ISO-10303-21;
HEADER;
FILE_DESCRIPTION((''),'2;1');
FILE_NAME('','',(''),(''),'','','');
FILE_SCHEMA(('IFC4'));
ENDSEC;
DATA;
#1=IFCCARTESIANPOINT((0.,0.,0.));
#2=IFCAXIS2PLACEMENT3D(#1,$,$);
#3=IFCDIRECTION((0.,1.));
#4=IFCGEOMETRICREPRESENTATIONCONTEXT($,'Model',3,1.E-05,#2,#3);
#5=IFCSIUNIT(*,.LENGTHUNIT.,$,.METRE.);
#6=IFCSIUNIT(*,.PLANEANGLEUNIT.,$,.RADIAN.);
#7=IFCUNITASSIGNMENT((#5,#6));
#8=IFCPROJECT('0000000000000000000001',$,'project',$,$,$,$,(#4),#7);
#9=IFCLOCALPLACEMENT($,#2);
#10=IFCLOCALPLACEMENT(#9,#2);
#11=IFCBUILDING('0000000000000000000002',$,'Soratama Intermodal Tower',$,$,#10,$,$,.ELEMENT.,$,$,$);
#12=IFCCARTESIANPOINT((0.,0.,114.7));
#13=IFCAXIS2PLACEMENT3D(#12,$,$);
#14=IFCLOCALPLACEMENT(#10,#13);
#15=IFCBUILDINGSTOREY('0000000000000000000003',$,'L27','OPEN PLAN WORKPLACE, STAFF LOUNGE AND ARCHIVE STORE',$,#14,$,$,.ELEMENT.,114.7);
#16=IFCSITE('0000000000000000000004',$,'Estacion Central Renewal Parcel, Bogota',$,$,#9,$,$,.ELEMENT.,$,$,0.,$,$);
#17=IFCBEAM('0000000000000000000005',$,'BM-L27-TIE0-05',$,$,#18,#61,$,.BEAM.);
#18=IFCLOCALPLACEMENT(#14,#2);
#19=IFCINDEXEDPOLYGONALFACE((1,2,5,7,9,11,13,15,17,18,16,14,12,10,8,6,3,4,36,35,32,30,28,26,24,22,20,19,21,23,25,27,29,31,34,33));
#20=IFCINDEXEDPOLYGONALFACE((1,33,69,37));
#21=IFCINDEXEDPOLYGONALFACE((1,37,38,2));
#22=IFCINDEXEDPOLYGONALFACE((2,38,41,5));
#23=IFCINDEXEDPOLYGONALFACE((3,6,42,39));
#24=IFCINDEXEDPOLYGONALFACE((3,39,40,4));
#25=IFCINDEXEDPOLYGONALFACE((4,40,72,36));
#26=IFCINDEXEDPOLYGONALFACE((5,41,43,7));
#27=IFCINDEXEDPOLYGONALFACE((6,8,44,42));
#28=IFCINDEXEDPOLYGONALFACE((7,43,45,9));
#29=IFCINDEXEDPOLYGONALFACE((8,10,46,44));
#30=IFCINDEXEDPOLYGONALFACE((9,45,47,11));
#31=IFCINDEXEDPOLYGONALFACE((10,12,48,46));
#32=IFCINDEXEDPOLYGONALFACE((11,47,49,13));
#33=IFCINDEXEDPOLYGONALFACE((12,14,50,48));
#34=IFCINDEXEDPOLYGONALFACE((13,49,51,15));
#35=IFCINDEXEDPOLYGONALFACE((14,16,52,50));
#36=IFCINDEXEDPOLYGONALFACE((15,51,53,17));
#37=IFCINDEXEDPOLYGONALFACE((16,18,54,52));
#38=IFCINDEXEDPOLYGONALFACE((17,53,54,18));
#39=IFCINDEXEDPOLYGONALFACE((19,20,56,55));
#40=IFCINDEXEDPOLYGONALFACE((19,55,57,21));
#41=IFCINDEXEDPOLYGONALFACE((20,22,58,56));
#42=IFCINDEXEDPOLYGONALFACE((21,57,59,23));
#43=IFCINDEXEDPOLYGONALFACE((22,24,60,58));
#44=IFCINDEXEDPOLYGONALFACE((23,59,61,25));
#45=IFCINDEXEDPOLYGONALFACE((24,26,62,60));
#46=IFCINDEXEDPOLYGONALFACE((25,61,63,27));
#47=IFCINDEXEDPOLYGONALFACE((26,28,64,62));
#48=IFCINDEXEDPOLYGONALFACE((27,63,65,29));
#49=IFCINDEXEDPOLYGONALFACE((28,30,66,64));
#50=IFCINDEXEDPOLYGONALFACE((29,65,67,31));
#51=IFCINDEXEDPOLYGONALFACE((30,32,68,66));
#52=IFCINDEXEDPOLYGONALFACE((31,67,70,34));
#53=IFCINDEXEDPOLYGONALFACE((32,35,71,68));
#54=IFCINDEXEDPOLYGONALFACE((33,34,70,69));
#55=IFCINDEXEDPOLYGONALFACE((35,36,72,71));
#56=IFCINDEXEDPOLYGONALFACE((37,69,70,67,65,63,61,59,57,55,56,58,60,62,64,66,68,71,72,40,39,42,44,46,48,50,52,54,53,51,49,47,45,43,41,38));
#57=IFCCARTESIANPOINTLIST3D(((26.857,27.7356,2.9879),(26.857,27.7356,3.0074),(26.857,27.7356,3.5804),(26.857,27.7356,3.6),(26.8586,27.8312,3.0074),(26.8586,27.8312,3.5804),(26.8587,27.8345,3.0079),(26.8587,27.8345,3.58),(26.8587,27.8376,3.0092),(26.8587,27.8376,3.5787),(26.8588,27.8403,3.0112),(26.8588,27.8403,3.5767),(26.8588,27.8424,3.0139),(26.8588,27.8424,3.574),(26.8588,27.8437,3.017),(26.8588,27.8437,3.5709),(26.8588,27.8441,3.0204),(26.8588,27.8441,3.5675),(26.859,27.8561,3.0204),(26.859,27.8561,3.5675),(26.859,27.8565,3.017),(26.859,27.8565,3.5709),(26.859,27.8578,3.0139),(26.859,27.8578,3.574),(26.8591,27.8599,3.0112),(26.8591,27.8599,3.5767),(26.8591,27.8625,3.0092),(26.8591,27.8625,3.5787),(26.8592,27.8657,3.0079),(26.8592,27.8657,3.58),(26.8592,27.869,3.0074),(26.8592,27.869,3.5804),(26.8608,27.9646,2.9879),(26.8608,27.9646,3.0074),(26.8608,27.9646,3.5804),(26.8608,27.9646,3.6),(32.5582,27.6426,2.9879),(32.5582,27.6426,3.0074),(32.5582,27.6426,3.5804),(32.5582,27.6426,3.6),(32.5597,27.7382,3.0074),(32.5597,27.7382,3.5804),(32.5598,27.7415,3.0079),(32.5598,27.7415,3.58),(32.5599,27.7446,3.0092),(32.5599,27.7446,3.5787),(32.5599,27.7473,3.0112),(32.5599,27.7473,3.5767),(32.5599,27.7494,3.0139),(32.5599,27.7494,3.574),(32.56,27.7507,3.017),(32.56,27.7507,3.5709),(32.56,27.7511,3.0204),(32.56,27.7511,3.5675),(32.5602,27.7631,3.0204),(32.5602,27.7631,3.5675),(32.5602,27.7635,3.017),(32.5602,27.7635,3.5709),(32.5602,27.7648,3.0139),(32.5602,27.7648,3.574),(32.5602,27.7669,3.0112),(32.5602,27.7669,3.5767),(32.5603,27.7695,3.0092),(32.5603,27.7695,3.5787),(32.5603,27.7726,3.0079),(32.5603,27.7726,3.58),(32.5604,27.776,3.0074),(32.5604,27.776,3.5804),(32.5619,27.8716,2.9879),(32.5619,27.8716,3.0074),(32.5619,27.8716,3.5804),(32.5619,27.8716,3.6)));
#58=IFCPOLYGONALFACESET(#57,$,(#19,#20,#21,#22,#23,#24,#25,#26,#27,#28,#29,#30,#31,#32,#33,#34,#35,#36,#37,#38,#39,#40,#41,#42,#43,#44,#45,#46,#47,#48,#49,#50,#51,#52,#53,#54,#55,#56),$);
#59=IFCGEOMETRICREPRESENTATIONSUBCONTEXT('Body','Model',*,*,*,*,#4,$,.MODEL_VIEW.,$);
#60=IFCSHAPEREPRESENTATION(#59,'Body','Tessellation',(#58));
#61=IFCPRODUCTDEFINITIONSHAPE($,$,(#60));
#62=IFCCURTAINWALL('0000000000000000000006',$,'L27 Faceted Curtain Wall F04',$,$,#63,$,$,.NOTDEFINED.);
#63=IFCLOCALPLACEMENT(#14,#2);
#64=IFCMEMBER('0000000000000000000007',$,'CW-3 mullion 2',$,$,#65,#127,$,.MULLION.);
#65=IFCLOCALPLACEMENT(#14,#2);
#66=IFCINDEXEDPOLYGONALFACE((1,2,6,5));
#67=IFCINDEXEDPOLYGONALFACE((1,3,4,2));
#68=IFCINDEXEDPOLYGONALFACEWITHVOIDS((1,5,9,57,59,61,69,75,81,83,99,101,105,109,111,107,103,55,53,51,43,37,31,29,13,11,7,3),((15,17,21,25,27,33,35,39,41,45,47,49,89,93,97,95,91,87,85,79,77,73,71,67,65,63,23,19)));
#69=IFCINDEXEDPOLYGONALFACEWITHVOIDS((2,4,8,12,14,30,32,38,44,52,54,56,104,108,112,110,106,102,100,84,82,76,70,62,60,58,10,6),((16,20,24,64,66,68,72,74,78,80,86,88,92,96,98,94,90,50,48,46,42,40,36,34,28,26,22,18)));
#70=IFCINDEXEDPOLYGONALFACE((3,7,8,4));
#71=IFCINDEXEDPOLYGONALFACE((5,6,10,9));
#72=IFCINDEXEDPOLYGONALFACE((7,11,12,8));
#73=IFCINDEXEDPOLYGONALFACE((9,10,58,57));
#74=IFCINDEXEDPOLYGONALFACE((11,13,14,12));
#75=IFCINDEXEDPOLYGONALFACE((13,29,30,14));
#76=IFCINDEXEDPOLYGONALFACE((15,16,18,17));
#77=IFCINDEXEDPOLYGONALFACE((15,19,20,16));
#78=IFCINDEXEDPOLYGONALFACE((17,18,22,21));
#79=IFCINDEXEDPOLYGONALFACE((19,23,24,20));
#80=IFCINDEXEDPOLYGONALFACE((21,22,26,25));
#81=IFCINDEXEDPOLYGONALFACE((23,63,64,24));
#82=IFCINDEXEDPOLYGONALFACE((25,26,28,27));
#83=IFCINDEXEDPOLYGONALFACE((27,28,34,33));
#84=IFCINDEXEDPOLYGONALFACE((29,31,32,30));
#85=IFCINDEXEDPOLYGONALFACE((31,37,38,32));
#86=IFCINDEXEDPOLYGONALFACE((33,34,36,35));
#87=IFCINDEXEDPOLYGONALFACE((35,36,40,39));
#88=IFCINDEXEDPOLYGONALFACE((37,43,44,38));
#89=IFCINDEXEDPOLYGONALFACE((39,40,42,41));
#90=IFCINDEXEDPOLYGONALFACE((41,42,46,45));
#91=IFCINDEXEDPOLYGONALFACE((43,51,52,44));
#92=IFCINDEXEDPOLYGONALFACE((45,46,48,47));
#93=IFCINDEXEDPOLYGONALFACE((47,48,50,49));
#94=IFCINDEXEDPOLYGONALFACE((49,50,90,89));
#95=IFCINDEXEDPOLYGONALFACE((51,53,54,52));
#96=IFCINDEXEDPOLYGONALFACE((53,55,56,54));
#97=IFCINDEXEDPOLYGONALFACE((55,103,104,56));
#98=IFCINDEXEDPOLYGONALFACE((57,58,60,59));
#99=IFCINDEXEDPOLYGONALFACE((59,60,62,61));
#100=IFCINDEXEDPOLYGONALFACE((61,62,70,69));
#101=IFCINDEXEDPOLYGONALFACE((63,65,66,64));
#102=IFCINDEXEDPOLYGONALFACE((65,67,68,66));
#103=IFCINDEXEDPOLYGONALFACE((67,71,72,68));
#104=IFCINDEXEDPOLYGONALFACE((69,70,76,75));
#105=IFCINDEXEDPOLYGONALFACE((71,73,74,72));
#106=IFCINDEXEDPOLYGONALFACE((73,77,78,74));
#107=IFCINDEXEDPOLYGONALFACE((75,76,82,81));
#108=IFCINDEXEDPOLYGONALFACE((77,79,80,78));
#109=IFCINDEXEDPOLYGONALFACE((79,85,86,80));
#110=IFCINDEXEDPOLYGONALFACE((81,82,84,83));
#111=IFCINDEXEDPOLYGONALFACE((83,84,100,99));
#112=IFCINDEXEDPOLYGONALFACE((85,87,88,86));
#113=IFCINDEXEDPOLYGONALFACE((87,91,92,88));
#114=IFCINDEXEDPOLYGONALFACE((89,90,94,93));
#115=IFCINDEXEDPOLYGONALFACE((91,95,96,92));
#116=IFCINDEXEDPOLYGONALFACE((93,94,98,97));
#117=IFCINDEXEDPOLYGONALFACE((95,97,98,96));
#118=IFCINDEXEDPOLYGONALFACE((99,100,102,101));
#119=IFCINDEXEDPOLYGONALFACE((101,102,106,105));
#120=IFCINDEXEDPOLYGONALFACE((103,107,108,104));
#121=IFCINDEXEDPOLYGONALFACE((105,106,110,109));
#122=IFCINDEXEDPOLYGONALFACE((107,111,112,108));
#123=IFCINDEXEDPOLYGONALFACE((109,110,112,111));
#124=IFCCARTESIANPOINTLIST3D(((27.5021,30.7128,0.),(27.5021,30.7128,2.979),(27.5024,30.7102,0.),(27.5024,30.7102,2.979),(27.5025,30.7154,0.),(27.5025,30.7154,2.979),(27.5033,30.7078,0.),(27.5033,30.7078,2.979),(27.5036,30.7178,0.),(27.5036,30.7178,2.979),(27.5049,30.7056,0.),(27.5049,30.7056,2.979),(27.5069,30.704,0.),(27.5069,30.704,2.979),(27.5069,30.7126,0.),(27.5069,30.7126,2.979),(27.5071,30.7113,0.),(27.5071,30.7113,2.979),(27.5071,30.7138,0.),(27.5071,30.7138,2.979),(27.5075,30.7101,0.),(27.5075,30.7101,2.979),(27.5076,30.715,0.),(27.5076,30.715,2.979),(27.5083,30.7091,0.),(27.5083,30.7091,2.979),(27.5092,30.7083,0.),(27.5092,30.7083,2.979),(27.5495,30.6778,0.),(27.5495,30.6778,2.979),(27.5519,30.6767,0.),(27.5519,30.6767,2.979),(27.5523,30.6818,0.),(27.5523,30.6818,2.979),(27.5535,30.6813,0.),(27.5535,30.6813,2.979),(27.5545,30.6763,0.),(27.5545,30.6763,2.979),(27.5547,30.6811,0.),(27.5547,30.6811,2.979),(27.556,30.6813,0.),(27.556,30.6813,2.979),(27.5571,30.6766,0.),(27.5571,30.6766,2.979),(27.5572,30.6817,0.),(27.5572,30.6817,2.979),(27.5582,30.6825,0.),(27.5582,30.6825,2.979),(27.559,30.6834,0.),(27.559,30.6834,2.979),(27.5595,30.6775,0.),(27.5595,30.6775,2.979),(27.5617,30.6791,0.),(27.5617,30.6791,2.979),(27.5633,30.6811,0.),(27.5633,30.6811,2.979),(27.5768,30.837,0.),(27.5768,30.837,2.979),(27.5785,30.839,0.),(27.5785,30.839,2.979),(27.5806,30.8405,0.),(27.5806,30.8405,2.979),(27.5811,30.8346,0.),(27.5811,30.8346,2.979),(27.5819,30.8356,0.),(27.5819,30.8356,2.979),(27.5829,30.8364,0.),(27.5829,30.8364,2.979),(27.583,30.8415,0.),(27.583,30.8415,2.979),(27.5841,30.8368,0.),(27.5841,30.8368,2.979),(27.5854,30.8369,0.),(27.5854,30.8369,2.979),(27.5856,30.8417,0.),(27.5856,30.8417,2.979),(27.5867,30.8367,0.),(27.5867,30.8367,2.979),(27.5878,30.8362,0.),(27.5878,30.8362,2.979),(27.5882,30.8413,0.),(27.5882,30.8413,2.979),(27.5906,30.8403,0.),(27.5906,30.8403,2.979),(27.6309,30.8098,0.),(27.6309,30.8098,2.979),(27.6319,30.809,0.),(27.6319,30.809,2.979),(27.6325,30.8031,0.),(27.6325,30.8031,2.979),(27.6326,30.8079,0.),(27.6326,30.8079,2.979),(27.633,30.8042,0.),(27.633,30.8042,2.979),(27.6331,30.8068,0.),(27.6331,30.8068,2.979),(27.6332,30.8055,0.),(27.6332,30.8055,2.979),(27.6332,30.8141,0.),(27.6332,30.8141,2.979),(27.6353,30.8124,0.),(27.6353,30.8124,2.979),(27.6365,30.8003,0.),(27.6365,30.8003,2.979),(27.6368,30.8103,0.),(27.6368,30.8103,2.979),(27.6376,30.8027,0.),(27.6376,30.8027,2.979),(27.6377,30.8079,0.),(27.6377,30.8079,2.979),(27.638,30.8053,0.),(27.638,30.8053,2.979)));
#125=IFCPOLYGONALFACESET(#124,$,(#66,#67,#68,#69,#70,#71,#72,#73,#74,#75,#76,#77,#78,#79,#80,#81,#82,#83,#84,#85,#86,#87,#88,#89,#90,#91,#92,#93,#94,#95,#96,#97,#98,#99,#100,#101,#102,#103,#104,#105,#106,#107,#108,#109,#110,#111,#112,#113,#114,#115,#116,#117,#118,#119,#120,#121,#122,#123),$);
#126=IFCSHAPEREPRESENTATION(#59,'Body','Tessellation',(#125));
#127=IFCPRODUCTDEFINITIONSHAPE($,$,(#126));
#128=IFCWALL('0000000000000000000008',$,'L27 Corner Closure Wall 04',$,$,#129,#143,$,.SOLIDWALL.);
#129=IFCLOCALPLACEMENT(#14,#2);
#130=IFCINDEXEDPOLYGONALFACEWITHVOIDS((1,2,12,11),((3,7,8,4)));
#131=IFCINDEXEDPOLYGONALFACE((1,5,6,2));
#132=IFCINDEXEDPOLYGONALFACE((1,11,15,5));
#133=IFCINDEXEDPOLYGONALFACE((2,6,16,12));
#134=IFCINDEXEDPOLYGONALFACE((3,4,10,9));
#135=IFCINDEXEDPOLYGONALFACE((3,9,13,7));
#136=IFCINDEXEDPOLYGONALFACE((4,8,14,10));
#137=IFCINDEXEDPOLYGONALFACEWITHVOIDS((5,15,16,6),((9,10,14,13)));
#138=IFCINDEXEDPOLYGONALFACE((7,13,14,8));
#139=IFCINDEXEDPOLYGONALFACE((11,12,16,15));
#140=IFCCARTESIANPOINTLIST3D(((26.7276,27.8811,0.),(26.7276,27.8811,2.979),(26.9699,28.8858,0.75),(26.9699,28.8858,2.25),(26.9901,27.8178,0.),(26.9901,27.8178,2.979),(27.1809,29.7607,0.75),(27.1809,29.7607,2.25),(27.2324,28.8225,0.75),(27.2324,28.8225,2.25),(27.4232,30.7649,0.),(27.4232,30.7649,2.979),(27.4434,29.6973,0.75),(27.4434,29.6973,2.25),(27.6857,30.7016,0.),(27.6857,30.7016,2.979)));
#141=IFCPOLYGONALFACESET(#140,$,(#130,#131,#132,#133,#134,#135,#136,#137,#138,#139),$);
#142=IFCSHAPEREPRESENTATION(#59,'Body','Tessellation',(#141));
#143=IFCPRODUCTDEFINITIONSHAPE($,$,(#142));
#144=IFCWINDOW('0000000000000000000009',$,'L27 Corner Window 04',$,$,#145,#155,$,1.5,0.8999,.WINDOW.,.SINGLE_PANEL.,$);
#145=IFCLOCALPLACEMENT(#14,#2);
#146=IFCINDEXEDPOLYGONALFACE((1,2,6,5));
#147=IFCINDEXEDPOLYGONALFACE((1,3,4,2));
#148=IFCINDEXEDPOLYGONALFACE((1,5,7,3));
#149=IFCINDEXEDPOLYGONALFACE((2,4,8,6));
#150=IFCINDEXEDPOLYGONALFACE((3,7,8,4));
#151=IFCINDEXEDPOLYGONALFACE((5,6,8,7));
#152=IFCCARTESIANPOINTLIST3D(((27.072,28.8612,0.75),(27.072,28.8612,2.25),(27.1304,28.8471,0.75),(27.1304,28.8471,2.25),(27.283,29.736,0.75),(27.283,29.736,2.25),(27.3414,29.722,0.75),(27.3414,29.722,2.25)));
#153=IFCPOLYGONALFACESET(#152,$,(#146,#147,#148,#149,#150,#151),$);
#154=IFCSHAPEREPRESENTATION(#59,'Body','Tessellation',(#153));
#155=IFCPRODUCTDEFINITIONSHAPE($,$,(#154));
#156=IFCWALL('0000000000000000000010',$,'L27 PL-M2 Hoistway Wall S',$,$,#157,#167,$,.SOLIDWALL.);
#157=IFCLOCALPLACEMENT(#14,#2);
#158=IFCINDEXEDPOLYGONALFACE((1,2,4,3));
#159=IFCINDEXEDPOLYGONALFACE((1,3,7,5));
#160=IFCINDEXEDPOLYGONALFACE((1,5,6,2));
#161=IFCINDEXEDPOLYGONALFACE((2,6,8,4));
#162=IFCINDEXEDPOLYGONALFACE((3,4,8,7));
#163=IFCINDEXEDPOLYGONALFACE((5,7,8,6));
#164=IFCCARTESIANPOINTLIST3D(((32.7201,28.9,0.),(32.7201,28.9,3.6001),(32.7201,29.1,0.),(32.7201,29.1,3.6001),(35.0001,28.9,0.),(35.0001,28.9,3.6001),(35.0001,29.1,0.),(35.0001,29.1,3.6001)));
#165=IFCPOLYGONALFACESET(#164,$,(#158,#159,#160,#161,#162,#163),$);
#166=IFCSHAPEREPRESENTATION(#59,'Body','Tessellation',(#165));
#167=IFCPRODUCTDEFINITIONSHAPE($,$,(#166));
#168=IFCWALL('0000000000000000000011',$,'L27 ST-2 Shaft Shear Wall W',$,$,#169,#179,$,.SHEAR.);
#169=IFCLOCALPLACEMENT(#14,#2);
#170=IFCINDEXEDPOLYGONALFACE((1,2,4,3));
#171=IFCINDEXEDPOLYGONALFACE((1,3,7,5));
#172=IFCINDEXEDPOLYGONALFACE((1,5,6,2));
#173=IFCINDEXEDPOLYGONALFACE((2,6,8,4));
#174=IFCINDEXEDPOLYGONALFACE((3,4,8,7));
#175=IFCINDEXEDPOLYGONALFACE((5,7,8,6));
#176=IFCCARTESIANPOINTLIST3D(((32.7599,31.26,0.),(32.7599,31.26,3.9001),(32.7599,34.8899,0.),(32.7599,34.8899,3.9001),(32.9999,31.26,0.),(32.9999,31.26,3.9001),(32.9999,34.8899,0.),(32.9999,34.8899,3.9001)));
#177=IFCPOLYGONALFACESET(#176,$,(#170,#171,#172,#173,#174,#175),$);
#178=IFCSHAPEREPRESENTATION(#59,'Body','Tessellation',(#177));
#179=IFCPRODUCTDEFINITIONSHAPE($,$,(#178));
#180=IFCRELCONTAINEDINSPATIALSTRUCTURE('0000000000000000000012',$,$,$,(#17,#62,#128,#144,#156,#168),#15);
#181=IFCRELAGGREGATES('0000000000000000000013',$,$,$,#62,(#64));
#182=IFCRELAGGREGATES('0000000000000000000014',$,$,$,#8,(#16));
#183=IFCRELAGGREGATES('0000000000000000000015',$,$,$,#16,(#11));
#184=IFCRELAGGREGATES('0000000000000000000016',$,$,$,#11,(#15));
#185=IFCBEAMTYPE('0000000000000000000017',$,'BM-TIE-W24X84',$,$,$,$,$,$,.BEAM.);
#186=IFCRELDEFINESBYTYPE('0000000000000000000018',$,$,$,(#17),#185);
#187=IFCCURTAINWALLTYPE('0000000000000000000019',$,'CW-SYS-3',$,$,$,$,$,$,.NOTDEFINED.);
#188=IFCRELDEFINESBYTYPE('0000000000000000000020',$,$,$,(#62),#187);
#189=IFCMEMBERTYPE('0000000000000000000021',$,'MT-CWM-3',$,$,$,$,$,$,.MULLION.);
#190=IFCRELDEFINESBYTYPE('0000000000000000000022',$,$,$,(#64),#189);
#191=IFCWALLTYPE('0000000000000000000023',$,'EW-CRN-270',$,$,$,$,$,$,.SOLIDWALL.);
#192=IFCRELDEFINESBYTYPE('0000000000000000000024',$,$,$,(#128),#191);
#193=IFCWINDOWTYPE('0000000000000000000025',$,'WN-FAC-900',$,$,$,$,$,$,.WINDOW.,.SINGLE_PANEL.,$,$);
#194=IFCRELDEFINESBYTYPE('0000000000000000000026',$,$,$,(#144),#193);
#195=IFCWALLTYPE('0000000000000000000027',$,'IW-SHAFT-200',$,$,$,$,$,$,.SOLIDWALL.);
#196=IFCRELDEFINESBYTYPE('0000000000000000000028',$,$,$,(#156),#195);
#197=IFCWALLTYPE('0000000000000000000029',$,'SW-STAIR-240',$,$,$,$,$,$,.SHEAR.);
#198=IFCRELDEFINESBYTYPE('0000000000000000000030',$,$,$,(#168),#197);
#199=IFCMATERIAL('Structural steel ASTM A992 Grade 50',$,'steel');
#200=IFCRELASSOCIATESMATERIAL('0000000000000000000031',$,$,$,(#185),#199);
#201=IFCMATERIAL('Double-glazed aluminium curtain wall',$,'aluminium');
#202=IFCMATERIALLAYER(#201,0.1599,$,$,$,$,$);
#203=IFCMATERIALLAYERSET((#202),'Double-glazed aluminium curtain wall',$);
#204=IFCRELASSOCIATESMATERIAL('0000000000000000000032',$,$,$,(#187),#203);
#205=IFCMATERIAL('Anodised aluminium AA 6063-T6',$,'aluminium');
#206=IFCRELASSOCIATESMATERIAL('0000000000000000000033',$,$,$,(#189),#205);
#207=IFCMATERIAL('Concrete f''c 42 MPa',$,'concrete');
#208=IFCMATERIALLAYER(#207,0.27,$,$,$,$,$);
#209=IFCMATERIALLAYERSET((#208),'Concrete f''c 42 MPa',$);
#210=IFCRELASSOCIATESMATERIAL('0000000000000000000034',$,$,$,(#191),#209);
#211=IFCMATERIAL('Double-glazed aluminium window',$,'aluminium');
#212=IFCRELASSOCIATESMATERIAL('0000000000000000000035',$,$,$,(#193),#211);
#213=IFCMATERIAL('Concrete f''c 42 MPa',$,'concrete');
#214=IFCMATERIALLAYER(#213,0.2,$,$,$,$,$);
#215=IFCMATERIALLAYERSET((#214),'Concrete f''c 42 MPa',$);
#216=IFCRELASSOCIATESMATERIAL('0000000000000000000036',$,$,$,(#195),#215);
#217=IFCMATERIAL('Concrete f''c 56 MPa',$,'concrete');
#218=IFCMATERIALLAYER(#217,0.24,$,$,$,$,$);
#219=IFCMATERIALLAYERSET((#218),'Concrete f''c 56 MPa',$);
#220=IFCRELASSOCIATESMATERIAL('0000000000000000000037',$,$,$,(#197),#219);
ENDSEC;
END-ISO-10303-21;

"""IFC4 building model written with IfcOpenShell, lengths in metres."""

from ifc_helpers import new_model, si_unit, direction, frame, frame_2d, origin, origin_2d, place, context, subcontext, project, spatial, rectangle, hollow_rectangle, i_section, extrude, material, layer, layer_set, material_profile, profile_set, type_object, element, fill, aggregate, save


model = new_model("IFC4")

# Units and contexts
model_context = context("Model", 3, precision=1e-05, world=origin(), true_north=direction((0.0, 1.0)))
body_context = subcontext(model_context, "Body", "Model", "MODEL_VIEW")
ifc_project = project(units=[si_unit("LENGTHUNIT", "METRE"), si_unit("PLANEANGLEUNIT", "RADIAN")], contexts=[model_context])

# Site, building, storey
site_placement = place(None, origin())
site = spatial("IfcSite", under=ifc_project, at=site_placement, Name="Estacion Central Renewal Parcel, Bogota", CompositionType="ELEMENT", RefElevation=0.0)
building_placement = place(site_placement, origin())
building = spatial("IfcBuilding", under=site, at=building_placement, Name="Soratama Intermodal Tower", CompositionType="ELEMENT")
storey_placement = place(building_placement, frame((0.0, 0.0, 114.7)))
storey = spatial("IfcBuildingStorey", under=building, at=storey_placement, Name="L27", Description="OPEN PLAN WORKPLACE, STAFF LOUNGE AND ARCHIVE STORE", CompositionType="ELEMENT", Elevation=114.7)

# Beam
ifc_material_1 = material(Name="Structural steel ASTM A992 Grade 50", Category="steel")
ifc_material_profile_1 = material_profile(ifc_material_1, i_section(OverallWidth=0.229, OverallDepth=0.6121, WebThickness=0.012, FlangeThickness=0.0195, FilletRadius=0.0129, at=origin_2d()), Name="W24X84")
ifc_profile_set_1 = profile_set([ifc_material_profile_1], Name="Structural steel ASTM A992 Grade 50")
beam_type_1 = type_object("IfcBeamType", Name="BM-TIE-W24X84", PredefinedType="BEAM", material=ifc_profile_set_1)
beam_1_placement = place(storey_placement, frame((32.5601, 27.7571, 3.2939), z_axis=(-0.999867, 0.016313, 0.0), x_axis=(-0.016313, -0.999867, 0.0)))
element("IfcBeam", 1, at=beam_1_placement, inside=storey, type_object=beam_type_1, Name="BM-L27-TIE0-05", PredefinedType="BEAM", context=body_context, shape_type="SweptSolid", body=[
    extrude(i_section(OverallWidth=0.229, OverallDepth=0.6121, WebThickness=0.012, FlangeThickness=0.0195, FilletRadius=0.0129, at=origin_2d()), origin(), (0.0, 0.0, 1.0), 5.7019),
])

# Curtain wall, member
ifc_material_2 = material(Name="Double-glazed aluminium curtain wall", Category="aluminium")
ifc_layer_1 = layer(ifc_material_2, 0.1599)
ifc_layer_set_1 = layer_set([ifc_layer_1], Name="Double-glazed aluminium curtain wall")
curtain_wall_type = type_object("IfcCurtainWallType", Name="CW-SYS-3", PredefinedType="NOTDEFINED", material=ifc_layer_set_1)
curtain_wall_placement = place(storey_placement, origin())
curtain_wall = element("IfcCurtainWall", 2, at=curtain_wall_placement, inside=storey, type_object=curtain_wall_type, Name="L27 Faceted Curtain Wall F04", PredefinedType="NOTDEFINED")
ifc_material_3 = material(Name="Anodised aluminium AA 6063-T6", Category="aluminium")
ifc_material_profile_2 = material_profile(ifc_material_3, hollow_rectangle(XDim=0.0701, YDim=0.1599, WallThickness=0.0049, InnerFilletRadius=0.0049, OuterFilletRadius=0.01, at=origin_2d()), Name="CWM160X70X5")
ifc_profile_set_2 = profile_set([ifc_material_profile_2], Name="Anodised aluminium AA 6063-T6")
member_type = type_object("IfcMemberType", Name="MT-CWM-3", PredefinedType="MULLION", material=ifc_profile_set_2)
member_placement = place(storey_placement, frame((27.5701, 30.759, 0.0), z_axis=(0.0, 0.0, 1.0), x_axis=(0.852089, -0.523396, 0.0)))
member = element("IfcMember", 3, at=member_placement, type_object=member_type, Name="CW-3 mullion 2", PredefinedType="MULLION", context=body_context, shape_type="SweptSolid", body=[
    extrude(hollow_rectangle(XDim=0.0701, YDim=0.1599, WallThickness=0.0049, InnerFilletRadius=0.0049, OuterFilletRadius=0.01, at=origin_2d()), origin(), (0.0, 0.0, 1.0), 2.979),
])
aggregate(curtain_wall, [member])

# Wall, opening, window
ifc_material_4 = material(Name="Concrete f'c 42 MPa", Category="concrete")
ifc_layer_2 = layer(ifc_material_4, 0.27)
ifc_layer_set_2 = layer_set([ifc_layer_2], Name="Concrete f'c 42 MPa")
wall_type_1 = type_object("IfcWallType", Name="EW-CRN-270", PredefinedType="SOLIDWALL", material=ifc_layer_set_2)
wall_1_placement = place(storey_placement, frame((27.5544, 30.7334, 0.0), z_axis=(0.0, 0.0, 1.0), x_axis=(-0.234472, -0.972123, 0.0)))
wall_1 = element("IfcWall", 4, at=wall_1_placement, inside=storey, type_object=wall_type_1, Name="L27 Corner Closure Wall 04", PredefinedType="SOLIDWALL", context=body_context, shape_type="SweptSolid", body=[
    extrude(rectangle(XDim=2.9666, YDim=0.27, at=frame_2d((1.4834, 0.0))), origin(), (0.0, 0.0, 1.0), 2.979),
])
opening_1_placement = place(wall_1_placement, frame((1.0332, 0.0, 0.75)))
opening_1 = element("IfcOpeningElement", 5, at=opening_1_placement, cuts=wall_1, PredefinedType="OPENING", context=body_context, shape_type="SweptSolid", body=[
    extrude(rectangle(XDim=0.8999, YDim=1.5, at=frame_2d((0.45, 0.75))), frame((0.0, 0.145, 0.0), z_axis=(0.0, -1.0, 0.0), x_axis=(1.0, 0.0, 0.0)), (0.0, 0.0, 1.0), 0.29),
])
ifc_material_5 = material(Name="Double-glazed aluminium window", Category="aluminium")
window_type_1 = type_object("IfcWindowType", Name="WN-FAC-900", PartitioningType="SINGLE_PANEL", PredefinedType="WINDOW", material=ifc_material_5)
window_1_placement = place(opening_1_placement, origin())
window_1 = element("IfcWindow", 6, at=window_1_placement, inside=storey, type_object=window_type_1, Name="L27 Corner Window 04", OverallHeight=1.5, OverallWidth=0.8999, PartitioningType="SINGLE_PANEL", PredefinedType="WINDOW", context=body_context, shape_type="SweptSolid", body=[
    extrude(rectangle(XDim=0.8999, YDim=1.5, at=frame_2d((0.45, 0.75))), frame((0.0, 0.03, 0.0), z_axis=(0.0, -1.0, 0.0), x_axis=(1.0, 0.0, 0.0)), (0.0, 0.0, 1.0), 0.0601),
])
fill(opening_1, window_1)

# Shared definitions
ifc_material_6 = material(Name="Concrete f'c 42 MPa", Category="concrete")
ifc_layer_3 = layer(ifc_material_6, 0.2)
ifc_layer_set_3 = layer_set([ifc_layer_3], Name="Concrete f'c 42 MPa")
wall_type_2 = type_object("IfcWallType", Name="IW-SHAFT-200", PredefinedType="SOLIDWALL", material=ifc_layer_set_3)

# Walls
wall_2_placement = place(storey_placement, frame((32.72, 29.0, 0.0), z_axis=(0.0, 0.0, 1.0), x_axis=(1.0, 0.0, 0.0)))
element("IfcWall", 7, at=wall_2_placement, inside=storey, type_object=wall_type_2, Name="L27 PL-M2 Hoistway Wall S", PredefinedType="SOLIDWALL", context=body_context, shape_type="SweptSolid", body=[
    extrude(rectangle(XDim=2.28, YDim=0.2, at=frame_2d((1.1401, 0.0))), origin(), (0.0, 0.0, 1.0), 3.6001),
])
ifc_material_7 = material(Name="Concrete f'c 56 MPa", Category="concrete")
ifc_layer_4 = layer(ifc_material_7, 0.24)
ifc_layer_set_4 = layer_set([ifc_layer_4], Name="Concrete f'c 56 MPa")
wall_type_3 = type_object("IfcWallType", Name="SW-STAIR-240", PredefinedType="SHEAR", material=ifc_layer_set_4)
wall_3_placement = place(storey_placement, frame((32.8799, 31.26, 0.0), z_axis=(0.0, 0.0, 1.0), x_axis=(0.0, 1.0, 0.0)))
element("IfcWall", 8, at=wall_3_placement, inside=storey, type_object=wall_type_3, Name="L27 ST-2 Shaft Shear Wall W", PredefinedType="SHEAR", context=body_context, shape_type="SweptSolid", body=[
    extrude(rectangle(XDim=3.6299, YDim=0.24, at=frame_2d((1.8149, 0.0))), origin(), (0.0, 0.0, 1.0), 3.9001),
])

save(model, "model.ifc")
